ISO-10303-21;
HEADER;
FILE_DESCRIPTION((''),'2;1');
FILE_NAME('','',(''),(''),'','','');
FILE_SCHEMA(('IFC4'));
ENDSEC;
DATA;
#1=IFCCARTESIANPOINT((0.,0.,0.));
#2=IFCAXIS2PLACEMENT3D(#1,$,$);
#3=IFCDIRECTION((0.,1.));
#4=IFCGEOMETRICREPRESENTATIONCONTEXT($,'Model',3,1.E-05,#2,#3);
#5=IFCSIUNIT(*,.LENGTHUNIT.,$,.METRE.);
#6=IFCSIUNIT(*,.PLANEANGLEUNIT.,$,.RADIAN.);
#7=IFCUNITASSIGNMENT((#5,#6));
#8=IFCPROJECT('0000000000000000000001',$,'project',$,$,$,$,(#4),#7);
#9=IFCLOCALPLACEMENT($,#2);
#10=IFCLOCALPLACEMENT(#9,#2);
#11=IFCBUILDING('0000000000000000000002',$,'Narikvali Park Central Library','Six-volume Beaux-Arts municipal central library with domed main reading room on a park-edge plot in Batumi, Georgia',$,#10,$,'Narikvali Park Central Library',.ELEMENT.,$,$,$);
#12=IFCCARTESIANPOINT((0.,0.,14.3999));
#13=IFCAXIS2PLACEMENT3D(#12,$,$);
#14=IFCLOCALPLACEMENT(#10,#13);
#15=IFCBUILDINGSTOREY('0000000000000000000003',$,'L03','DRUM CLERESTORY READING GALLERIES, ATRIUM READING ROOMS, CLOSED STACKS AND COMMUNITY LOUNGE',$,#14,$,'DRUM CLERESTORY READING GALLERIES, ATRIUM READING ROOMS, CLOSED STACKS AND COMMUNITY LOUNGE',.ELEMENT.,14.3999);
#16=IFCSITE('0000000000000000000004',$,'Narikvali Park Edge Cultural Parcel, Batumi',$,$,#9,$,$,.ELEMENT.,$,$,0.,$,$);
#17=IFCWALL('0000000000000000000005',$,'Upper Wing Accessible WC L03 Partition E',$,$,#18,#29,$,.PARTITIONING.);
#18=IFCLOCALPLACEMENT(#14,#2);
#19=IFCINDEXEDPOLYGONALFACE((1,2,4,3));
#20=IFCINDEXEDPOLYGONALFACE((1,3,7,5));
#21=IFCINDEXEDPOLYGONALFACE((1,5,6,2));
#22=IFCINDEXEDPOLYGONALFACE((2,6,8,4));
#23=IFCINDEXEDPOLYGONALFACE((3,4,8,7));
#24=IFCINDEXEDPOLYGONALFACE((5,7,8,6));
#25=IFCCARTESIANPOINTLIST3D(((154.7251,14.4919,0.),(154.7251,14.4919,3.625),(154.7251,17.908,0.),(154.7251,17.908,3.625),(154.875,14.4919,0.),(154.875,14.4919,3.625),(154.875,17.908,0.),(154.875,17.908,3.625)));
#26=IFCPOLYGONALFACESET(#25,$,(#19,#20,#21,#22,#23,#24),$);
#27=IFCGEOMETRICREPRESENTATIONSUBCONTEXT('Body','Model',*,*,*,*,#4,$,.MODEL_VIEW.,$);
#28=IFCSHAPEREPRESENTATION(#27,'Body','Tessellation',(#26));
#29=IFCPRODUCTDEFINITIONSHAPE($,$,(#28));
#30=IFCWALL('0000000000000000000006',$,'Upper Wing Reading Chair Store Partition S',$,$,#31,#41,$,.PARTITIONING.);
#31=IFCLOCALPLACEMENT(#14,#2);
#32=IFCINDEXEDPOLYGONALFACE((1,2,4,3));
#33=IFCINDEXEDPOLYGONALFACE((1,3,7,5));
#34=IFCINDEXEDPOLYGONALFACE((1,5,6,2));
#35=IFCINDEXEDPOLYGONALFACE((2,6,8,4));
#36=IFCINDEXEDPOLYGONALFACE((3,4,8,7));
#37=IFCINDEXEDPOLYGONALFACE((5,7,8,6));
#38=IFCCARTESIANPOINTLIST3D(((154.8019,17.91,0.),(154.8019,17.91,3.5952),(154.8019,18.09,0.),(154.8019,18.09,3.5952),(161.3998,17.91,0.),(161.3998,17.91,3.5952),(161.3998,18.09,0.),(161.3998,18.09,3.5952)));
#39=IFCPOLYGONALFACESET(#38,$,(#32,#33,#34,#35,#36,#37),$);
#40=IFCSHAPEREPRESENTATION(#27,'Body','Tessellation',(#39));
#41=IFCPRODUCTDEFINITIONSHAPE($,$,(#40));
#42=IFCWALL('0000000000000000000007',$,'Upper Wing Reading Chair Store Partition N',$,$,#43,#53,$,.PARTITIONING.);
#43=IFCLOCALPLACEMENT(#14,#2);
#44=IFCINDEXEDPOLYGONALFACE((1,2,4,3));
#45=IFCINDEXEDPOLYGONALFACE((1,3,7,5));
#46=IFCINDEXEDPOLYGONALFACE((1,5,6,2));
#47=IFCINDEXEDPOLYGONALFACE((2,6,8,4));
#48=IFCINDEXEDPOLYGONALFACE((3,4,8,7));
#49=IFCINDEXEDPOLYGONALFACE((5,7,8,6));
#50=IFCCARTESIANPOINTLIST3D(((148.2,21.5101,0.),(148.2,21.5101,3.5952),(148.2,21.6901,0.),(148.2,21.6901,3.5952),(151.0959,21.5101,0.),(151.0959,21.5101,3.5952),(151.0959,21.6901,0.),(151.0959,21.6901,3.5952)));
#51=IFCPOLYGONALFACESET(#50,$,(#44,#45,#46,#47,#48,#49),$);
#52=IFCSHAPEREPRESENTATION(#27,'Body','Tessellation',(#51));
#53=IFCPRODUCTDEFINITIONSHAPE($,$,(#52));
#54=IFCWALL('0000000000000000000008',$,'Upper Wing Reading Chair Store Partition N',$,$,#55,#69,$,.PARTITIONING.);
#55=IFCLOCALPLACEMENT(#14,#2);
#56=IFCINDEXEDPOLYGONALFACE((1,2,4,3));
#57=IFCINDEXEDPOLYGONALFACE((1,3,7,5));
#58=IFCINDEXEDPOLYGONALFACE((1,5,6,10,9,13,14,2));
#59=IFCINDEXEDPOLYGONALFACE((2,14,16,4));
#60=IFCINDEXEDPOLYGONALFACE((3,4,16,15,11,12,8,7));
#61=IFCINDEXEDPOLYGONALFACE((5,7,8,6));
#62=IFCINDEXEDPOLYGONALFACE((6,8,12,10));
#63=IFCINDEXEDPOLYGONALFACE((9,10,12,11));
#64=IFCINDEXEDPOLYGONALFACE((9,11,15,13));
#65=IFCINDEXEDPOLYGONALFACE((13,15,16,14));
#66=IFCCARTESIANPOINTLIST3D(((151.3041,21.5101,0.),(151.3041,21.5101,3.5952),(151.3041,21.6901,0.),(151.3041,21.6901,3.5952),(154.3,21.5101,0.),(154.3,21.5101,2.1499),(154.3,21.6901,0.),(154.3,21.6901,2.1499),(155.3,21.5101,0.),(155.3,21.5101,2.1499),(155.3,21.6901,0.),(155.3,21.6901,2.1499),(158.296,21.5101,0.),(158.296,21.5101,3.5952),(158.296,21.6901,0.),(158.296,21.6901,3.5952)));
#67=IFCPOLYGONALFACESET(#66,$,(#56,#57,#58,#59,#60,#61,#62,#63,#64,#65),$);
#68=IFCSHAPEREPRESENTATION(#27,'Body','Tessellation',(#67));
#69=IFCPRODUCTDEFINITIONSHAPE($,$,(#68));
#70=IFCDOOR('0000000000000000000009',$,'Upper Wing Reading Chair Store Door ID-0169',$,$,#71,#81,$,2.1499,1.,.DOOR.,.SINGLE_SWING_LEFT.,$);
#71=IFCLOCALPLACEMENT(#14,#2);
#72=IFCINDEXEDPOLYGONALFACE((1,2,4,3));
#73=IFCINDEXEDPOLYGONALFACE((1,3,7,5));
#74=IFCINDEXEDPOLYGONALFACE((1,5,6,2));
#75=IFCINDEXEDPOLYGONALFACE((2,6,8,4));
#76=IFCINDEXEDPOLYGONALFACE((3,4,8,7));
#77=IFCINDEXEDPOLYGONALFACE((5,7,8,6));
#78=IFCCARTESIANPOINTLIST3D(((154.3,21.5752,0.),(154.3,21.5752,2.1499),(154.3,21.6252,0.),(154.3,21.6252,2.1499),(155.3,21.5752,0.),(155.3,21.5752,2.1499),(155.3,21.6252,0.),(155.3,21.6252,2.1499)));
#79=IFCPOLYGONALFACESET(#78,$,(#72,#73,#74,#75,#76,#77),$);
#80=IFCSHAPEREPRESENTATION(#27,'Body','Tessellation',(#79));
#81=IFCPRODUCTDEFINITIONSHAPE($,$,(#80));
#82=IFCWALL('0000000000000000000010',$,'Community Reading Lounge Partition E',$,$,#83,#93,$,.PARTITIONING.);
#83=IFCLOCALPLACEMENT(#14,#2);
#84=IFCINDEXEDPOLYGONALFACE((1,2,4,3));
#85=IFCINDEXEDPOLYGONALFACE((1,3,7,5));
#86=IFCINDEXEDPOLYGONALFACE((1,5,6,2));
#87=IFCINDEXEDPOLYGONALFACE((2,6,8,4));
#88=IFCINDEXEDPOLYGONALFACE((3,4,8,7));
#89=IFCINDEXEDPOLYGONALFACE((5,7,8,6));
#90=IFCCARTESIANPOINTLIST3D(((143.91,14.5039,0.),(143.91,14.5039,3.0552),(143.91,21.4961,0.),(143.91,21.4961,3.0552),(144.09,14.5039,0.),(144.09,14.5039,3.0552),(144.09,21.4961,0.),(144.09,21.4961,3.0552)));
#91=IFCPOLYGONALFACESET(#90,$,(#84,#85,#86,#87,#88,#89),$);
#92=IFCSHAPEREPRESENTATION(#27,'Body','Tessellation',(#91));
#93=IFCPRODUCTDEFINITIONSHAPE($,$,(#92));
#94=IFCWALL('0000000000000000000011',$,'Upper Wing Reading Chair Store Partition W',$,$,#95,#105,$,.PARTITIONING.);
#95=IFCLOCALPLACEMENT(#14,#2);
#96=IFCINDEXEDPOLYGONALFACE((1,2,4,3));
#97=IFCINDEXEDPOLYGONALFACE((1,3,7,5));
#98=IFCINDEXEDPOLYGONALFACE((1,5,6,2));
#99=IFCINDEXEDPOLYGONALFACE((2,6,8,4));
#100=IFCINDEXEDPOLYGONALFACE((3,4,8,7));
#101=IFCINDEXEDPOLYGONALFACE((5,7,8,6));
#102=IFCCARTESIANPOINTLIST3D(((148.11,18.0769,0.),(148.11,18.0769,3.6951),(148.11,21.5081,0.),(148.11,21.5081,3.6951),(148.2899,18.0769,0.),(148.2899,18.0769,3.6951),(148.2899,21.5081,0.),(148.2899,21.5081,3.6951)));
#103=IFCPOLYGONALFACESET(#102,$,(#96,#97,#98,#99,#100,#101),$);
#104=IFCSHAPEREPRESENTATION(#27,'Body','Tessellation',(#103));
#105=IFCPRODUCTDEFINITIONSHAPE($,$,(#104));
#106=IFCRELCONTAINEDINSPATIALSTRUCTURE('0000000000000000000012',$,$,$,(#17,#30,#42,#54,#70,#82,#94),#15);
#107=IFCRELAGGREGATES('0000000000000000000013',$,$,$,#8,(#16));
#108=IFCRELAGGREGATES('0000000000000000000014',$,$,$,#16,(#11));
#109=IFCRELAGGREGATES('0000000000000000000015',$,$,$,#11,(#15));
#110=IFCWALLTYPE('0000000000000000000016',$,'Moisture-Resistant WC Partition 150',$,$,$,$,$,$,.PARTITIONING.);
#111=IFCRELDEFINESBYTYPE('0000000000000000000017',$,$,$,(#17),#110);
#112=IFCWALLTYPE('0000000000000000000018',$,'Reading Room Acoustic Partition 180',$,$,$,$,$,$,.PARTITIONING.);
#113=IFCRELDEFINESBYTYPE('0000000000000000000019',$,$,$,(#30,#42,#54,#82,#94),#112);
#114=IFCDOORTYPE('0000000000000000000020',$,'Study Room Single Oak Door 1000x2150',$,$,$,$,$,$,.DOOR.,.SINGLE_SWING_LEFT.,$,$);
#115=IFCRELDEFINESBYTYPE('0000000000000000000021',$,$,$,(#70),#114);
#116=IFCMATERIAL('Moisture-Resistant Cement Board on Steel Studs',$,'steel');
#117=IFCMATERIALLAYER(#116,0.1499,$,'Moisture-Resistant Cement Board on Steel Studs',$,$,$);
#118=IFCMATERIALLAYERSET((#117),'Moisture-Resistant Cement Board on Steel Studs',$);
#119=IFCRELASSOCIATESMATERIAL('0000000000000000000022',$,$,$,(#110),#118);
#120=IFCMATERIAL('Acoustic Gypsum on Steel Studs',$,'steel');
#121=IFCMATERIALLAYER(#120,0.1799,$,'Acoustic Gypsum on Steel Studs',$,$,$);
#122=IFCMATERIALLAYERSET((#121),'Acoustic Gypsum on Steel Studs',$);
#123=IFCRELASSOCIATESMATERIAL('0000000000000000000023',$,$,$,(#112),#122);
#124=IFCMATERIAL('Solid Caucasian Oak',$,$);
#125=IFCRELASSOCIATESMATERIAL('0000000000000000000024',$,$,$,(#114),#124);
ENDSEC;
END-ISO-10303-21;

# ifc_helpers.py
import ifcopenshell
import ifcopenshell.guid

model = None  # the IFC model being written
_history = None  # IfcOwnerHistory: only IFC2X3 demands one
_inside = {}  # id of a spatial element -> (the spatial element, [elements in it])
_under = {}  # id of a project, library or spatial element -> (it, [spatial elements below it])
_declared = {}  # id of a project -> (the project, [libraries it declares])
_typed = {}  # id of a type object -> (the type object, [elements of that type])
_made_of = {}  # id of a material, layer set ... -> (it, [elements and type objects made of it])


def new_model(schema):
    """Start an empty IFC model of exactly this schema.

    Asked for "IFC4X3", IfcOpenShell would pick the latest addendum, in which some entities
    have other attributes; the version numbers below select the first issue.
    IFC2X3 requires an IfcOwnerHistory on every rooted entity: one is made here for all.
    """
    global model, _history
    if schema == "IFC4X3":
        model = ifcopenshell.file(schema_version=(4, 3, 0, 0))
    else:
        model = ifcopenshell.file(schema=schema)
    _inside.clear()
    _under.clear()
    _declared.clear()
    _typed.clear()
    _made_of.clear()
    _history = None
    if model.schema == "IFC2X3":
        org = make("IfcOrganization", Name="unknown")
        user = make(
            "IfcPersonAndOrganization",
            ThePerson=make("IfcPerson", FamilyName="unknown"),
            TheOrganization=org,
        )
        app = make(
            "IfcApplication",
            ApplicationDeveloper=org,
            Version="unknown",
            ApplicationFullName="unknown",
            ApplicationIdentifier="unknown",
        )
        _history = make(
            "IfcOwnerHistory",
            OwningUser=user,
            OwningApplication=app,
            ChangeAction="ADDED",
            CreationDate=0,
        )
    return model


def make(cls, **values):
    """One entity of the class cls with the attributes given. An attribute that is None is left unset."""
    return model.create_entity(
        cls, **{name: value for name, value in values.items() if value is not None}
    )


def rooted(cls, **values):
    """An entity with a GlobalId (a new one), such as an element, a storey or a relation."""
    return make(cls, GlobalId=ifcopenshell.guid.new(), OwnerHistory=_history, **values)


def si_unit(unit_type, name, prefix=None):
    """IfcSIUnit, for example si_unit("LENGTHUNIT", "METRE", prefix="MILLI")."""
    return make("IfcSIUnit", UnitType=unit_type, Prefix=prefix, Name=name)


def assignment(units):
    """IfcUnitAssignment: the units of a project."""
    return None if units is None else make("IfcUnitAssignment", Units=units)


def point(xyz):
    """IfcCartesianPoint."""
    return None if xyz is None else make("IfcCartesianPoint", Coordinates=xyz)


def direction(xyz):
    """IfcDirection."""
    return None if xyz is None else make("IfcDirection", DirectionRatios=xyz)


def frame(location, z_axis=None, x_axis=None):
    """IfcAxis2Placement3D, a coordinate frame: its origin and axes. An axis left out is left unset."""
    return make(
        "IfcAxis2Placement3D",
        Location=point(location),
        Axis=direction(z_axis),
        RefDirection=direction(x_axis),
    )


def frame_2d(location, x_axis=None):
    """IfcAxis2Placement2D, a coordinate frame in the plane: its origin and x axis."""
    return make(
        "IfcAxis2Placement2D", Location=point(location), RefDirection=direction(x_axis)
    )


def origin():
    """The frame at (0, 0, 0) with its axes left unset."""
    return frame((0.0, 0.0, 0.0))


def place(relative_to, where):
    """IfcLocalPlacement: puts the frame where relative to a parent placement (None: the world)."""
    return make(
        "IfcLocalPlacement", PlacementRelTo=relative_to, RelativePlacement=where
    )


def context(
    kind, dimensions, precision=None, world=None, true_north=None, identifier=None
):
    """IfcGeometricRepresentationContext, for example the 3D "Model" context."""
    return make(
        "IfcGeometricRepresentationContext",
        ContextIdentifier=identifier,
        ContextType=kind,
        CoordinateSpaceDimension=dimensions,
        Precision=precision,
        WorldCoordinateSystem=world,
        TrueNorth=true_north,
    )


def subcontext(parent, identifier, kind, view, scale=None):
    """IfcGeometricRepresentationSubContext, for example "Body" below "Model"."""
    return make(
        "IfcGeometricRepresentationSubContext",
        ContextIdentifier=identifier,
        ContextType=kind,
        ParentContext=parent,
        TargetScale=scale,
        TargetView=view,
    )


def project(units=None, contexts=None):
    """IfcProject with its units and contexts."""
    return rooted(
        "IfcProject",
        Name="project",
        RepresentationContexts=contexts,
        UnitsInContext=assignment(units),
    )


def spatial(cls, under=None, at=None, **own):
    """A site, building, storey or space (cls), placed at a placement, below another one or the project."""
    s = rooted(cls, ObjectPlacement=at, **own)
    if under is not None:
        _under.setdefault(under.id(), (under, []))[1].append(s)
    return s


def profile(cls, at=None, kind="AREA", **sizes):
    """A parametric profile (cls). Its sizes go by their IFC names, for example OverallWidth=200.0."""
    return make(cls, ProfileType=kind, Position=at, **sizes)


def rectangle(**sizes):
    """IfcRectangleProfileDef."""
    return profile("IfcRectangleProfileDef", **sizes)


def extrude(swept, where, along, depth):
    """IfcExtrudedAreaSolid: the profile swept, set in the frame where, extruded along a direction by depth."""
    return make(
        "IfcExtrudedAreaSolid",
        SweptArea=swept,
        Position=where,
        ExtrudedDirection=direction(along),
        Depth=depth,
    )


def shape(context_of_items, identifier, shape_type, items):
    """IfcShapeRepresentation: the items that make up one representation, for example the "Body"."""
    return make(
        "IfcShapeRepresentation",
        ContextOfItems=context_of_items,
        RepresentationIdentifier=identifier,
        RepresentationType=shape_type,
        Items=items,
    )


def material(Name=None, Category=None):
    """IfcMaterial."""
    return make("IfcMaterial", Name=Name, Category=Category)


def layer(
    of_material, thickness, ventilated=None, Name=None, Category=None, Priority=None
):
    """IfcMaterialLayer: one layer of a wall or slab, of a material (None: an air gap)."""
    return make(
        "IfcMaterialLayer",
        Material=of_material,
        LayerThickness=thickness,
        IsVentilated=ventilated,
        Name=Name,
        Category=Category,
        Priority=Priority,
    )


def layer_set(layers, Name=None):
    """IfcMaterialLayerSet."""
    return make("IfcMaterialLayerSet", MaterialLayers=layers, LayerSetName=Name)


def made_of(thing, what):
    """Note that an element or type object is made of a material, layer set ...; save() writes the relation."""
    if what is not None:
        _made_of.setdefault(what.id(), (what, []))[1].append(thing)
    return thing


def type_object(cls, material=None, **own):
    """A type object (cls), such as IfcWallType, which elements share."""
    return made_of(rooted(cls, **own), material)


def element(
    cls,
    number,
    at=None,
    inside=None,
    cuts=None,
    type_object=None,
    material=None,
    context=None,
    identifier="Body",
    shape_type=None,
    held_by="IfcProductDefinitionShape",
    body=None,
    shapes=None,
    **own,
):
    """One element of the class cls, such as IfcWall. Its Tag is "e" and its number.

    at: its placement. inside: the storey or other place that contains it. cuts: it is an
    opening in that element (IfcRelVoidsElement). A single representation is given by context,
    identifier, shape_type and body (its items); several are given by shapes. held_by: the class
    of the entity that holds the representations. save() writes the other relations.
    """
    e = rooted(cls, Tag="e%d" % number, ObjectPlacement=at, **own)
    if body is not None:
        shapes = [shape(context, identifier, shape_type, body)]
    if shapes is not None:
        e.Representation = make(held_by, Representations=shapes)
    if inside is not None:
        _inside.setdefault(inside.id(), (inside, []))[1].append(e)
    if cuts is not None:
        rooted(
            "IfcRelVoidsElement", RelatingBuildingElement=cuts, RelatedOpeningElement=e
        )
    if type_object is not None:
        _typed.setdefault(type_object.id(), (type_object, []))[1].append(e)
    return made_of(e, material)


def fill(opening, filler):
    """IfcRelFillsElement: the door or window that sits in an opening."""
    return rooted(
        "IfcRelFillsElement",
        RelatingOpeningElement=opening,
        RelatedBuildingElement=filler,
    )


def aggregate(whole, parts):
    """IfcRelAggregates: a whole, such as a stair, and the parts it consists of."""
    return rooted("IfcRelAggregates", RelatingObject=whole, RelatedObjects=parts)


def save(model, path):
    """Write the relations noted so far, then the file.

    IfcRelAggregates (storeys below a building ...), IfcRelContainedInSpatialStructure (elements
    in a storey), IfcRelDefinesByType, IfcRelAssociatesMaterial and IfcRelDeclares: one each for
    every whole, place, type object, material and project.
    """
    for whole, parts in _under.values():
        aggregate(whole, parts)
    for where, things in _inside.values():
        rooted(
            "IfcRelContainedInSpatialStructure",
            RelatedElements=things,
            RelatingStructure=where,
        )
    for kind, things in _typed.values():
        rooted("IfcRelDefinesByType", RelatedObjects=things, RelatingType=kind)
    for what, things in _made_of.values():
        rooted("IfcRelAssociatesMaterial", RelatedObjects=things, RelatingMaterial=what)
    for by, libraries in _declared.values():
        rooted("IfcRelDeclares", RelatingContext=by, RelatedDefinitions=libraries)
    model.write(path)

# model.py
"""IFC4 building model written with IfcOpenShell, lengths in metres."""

from ifc_helpers import new_model, si_unit, direction, frame, frame_2d, origin, place, context, subcontext, project, spatial, rectangle, extrude, material, layer, layer_set, type_object, element, fill, save


model = new_model("IFC4")

# Units and contexts
model_context = context("Model", 3, precision=1e-05, world=origin(), true_north=direction((0.0, 1.0)))
body_context = subcontext(model_context, "Body", "Model", "MODEL_VIEW")
ifc_project = project(units=[si_unit("LENGTHUNIT", "METRE"), si_unit("PLANEANGLEUNIT", "RADIAN")], contexts=[model_context])

# Site, building, storey
site_placement = place(None, origin())
site = spatial("IfcSite", under=ifc_project, at=site_placement, Name="Narikvali Park Edge Cultural Parcel, Batumi", CompositionType="ELEMENT", RefElevation=0.0)
building_placement = place(site_placement, origin())
building = spatial("IfcBuilding", under=site, at=building_placement, Name="Narikvali Park Central Library", Description="Six-volume Beaux-Arts municipal central library with domed main reading room on a park-edge plot in Batumi, Georgia", LongName="Narikvali Park Central Library", CompositionType="ELEMENT")
storey_placement = place(building_placement, frame((0.0, 0.0, 14.3999)))
storey = spatial("IfcBuildingStorey", under=building, at=storey_placement, Name="L03", Description="DRUM CLERESTORY READING GALLERIES, ATRIUM READING ROOMS, CLOSED STACKS AND COMMUNITY LOUNGE", LongName="DRUM CLERESTORY READING GALLERIES, ATRIUM READING ROOMS, CLOSED STACKS AND COMMUNITY LOUNGE", CompositionType="ELEMENT", Elevation=14.3999)

# Shared definitions
ifc_material_1 = material(Name="Moisture-Resistant Cement Board on Steel Studs", Category="steel")
ifc_layer_1 = layer(ifc_material_1, 0.1499, Name="Moisture-Resistant Cement Board on Steel Studs")
ifc_layer_set_1 = layer_set([ifc_layer_1], Name="Moisture-Resistant Cement Board on Steel Studs")
wall_type_1 = type_object("IfcWallType", Name="Moisture-Resistant WC Partition 150", PredefinedType="PARTITIONING", material=ifc_layer_set_1)

# Walls
wall_1_placement = place(storey_placement, frame((154.8, 14.4919, 0.0), z_axis=(0.0, 0.0, 1.0), x_axis=(0.0, 1.0, 0.0)))
element("IfcWall", 1, at=wall_1_placement, inside=storey, type_object=wall_type_1, Name="Upper Wing Accessible WC L03 Partition E", PredefinedType="PARTITIONING", context=body_context, shape_type="SweptSolid", body=[
    extrude(rectangle(XDim=3.416, YDim=0.1499, at=frame_2d((1.708, 0.0))), origin(), (0.0, 0.0, 1.0), 3.625),
])
ifc_material_2 = material(Name="Acoustic Gypsum on Steel Studs", Category="steel")
ifc_layer_2 = layer(ifc_material_2, 0.1799, Name="Acoustic Gypsum on Steel Studs")
ifc_layer_set_2 = layer_set([ifc_layer_2], Name="Acoustic Gypsum on Steel Studs")
wall_type_2 = type_object("IfcWallType", Name="Reading Room Acoustic Partition 180", PredefinedType="PARTITIONING", material=ifc_layer_set_2)
wall_2_placement = place(storey_placement, frame((154.802, 18.0, 0.0), z_axis=(0.0, 0.0, 1.0), x_axis=(1.0, 0.0, 0.0)))
element("IfcWall", 2, at=wall_2_placement, inside=storey, type_object=wall_type_2, Name="Upper Wing Reading Chair Store Partition S", PredefinedType="PARTITIONING", context=body_context, shape_type="SweptSolid", body=[
    extrude(rectangle(XDim=6.5979, YDim=0.1799, at=frame_2d((3.2988, 0.0))), origin(), (0.0, 0.0, 1.0), 3.5952),
])
wall_3_placement = place(storey_placement, frame((148.2, 21.6001, 0.0), z_axis=(0.0, 0.0, 1.0), x_axis=(1.0, 0.0, 0.0)))
element("IfcWall", 3, at=wall_3_placement, inside=storey, type_object=wall_type_2, Name="Upper Wing Reading Chair Store Partition N", PredefinedType="PARTITIONING", context=body_context, shape_type="SweptSolid", body=[
    extrude(rectangle(XDim=2.896, YDim=0.1799, at=frame_2d((1.448, 0.0))), origin(), (0.0, 0.0, 1.0), 3.5952),
])

# Wall, opening, door
wall_4_placement = place(storey_placement, frame((151.304, 21.6001, 0.0), z_axis=(0.0, 0.0, 1.0), x_axis=(1.0, 0.0, 0.0)))
wall_4 = element("IfcWall", 4, at=wall_4_placement, inside=storey, type_object=wall_type_2, Name="Upper Wing Reading Chair Store Partition N", PredefinedType="PARTITIONING", context=body_context, shape_type="SweptSolid", body=[
    extrude(rectangle(XDim=6.9919, YDim=0.1799, at=frame_2d((3.4961, 0.0))), origin(), (0.0, 0.0, 1.0), 3.5952),
])
opening_1_placement = place(wall_4_placement, frame((2.9961, 0.0, 0.0)))
opening_1 = element("IfcOpeningElement", 5, at=opening_1_placement, cuts=wall_4, PredefinedType="OPENING", context=body_context, shape_type="SweptSolid", body=[
    extrude(rectangle(XDim=1.0, YDim=2.1499, at=frame_2d((0.5, 1.075))), frame((0.0, 0.1021, 0.0), z_axis=(0.0, -1.0, 0.0), x_axis=(1.0, 0.0, 0.0)), (0.0, 0.0, 1.0), 0.2039),
])
ifc_material_3 = material(Name="Solid Caucasian Oak")
door_type_1 = type_object("IfcDoorType", Name="Study Room Single Oak Door 1000x2150", OperationType="SINGLE_SWING_LEFT", PredefinedType="DOOR", material=ifc_material_3)
door_1_placement = place(opening_1_placement, frame((1.0, 0.0, 0.0), z_axis=(0.0, 0.0, 1.0), x_axis=(-1.0, 0.0, 0.0)))
door_1 = element("IfcDoor", 6, at=door_1_placement, inside=storey, type_object=door_type_1, Name="Upper Wing Reading Chair Store Door ID-0169", OperationType="SINGLE_SWING_LEFT", OverallHeight=2.1499, OverallWidth=1.0, PredefinedType="DOOR", context=body_context, shape_type="SweptSolid", body=[
    extrude(rectangle(XDim=1.0, YDim=2.1499, at=frame_2d((0.5, 1.075))), frame((0.0, 0.0249, 0.0), z_axis=(0.0, -1.0, 0.0), x_axis=(1.0, 0.0, 0.0)), (0.0, 0.0, 1.0), 0.05),
])
fill(opening_1, door_1)

# Walls
wall_5_placement = place(storey_placement, frame((144.0, 14.5039, 0.0), z_axis=(0.0, 0.0, 1.0), x_axis=(0.0, 1.0, 0.0)))
element("IfcWall", 7, at=wall_5_placement, inside=storey, type_object=wall_type_2, Name="Community Reading Lounge Partition E", PredefinedType="PARTITIONING", context=body_context, shape_type="SweptSolid", body=[
    extrude(rectangle(XDim=6.9922, YDim=0.1799, at=frame_2d((3.4961, 0.0))), origin(), (0.0, 0.0, 1.0), 3.0552),
])
wall_6_placement = place(storey_placement, frame((148.2, 18.0769, 0.0), z_axis=(0.0, 0.0, 1.0), x_axis=(0.0, 1.0, 0.0)))
element("IfcWall", 8, at=wall_6_placement, inside=storey, type_object=wall_type_2, Name="Upper Wing Reading Chair Store Partition W", PredefinedType="PARTITIONING", context=body_context, shape_type="SweptSolid", body=[
    extrude(rectangle(XDim=3.4312, YDim=0.1799, at=frame_2d((1.7156, 0.0))), origin(), (0.0, 0.0, 1.0), 3.6951),
])

save(model, "model.ifc")
